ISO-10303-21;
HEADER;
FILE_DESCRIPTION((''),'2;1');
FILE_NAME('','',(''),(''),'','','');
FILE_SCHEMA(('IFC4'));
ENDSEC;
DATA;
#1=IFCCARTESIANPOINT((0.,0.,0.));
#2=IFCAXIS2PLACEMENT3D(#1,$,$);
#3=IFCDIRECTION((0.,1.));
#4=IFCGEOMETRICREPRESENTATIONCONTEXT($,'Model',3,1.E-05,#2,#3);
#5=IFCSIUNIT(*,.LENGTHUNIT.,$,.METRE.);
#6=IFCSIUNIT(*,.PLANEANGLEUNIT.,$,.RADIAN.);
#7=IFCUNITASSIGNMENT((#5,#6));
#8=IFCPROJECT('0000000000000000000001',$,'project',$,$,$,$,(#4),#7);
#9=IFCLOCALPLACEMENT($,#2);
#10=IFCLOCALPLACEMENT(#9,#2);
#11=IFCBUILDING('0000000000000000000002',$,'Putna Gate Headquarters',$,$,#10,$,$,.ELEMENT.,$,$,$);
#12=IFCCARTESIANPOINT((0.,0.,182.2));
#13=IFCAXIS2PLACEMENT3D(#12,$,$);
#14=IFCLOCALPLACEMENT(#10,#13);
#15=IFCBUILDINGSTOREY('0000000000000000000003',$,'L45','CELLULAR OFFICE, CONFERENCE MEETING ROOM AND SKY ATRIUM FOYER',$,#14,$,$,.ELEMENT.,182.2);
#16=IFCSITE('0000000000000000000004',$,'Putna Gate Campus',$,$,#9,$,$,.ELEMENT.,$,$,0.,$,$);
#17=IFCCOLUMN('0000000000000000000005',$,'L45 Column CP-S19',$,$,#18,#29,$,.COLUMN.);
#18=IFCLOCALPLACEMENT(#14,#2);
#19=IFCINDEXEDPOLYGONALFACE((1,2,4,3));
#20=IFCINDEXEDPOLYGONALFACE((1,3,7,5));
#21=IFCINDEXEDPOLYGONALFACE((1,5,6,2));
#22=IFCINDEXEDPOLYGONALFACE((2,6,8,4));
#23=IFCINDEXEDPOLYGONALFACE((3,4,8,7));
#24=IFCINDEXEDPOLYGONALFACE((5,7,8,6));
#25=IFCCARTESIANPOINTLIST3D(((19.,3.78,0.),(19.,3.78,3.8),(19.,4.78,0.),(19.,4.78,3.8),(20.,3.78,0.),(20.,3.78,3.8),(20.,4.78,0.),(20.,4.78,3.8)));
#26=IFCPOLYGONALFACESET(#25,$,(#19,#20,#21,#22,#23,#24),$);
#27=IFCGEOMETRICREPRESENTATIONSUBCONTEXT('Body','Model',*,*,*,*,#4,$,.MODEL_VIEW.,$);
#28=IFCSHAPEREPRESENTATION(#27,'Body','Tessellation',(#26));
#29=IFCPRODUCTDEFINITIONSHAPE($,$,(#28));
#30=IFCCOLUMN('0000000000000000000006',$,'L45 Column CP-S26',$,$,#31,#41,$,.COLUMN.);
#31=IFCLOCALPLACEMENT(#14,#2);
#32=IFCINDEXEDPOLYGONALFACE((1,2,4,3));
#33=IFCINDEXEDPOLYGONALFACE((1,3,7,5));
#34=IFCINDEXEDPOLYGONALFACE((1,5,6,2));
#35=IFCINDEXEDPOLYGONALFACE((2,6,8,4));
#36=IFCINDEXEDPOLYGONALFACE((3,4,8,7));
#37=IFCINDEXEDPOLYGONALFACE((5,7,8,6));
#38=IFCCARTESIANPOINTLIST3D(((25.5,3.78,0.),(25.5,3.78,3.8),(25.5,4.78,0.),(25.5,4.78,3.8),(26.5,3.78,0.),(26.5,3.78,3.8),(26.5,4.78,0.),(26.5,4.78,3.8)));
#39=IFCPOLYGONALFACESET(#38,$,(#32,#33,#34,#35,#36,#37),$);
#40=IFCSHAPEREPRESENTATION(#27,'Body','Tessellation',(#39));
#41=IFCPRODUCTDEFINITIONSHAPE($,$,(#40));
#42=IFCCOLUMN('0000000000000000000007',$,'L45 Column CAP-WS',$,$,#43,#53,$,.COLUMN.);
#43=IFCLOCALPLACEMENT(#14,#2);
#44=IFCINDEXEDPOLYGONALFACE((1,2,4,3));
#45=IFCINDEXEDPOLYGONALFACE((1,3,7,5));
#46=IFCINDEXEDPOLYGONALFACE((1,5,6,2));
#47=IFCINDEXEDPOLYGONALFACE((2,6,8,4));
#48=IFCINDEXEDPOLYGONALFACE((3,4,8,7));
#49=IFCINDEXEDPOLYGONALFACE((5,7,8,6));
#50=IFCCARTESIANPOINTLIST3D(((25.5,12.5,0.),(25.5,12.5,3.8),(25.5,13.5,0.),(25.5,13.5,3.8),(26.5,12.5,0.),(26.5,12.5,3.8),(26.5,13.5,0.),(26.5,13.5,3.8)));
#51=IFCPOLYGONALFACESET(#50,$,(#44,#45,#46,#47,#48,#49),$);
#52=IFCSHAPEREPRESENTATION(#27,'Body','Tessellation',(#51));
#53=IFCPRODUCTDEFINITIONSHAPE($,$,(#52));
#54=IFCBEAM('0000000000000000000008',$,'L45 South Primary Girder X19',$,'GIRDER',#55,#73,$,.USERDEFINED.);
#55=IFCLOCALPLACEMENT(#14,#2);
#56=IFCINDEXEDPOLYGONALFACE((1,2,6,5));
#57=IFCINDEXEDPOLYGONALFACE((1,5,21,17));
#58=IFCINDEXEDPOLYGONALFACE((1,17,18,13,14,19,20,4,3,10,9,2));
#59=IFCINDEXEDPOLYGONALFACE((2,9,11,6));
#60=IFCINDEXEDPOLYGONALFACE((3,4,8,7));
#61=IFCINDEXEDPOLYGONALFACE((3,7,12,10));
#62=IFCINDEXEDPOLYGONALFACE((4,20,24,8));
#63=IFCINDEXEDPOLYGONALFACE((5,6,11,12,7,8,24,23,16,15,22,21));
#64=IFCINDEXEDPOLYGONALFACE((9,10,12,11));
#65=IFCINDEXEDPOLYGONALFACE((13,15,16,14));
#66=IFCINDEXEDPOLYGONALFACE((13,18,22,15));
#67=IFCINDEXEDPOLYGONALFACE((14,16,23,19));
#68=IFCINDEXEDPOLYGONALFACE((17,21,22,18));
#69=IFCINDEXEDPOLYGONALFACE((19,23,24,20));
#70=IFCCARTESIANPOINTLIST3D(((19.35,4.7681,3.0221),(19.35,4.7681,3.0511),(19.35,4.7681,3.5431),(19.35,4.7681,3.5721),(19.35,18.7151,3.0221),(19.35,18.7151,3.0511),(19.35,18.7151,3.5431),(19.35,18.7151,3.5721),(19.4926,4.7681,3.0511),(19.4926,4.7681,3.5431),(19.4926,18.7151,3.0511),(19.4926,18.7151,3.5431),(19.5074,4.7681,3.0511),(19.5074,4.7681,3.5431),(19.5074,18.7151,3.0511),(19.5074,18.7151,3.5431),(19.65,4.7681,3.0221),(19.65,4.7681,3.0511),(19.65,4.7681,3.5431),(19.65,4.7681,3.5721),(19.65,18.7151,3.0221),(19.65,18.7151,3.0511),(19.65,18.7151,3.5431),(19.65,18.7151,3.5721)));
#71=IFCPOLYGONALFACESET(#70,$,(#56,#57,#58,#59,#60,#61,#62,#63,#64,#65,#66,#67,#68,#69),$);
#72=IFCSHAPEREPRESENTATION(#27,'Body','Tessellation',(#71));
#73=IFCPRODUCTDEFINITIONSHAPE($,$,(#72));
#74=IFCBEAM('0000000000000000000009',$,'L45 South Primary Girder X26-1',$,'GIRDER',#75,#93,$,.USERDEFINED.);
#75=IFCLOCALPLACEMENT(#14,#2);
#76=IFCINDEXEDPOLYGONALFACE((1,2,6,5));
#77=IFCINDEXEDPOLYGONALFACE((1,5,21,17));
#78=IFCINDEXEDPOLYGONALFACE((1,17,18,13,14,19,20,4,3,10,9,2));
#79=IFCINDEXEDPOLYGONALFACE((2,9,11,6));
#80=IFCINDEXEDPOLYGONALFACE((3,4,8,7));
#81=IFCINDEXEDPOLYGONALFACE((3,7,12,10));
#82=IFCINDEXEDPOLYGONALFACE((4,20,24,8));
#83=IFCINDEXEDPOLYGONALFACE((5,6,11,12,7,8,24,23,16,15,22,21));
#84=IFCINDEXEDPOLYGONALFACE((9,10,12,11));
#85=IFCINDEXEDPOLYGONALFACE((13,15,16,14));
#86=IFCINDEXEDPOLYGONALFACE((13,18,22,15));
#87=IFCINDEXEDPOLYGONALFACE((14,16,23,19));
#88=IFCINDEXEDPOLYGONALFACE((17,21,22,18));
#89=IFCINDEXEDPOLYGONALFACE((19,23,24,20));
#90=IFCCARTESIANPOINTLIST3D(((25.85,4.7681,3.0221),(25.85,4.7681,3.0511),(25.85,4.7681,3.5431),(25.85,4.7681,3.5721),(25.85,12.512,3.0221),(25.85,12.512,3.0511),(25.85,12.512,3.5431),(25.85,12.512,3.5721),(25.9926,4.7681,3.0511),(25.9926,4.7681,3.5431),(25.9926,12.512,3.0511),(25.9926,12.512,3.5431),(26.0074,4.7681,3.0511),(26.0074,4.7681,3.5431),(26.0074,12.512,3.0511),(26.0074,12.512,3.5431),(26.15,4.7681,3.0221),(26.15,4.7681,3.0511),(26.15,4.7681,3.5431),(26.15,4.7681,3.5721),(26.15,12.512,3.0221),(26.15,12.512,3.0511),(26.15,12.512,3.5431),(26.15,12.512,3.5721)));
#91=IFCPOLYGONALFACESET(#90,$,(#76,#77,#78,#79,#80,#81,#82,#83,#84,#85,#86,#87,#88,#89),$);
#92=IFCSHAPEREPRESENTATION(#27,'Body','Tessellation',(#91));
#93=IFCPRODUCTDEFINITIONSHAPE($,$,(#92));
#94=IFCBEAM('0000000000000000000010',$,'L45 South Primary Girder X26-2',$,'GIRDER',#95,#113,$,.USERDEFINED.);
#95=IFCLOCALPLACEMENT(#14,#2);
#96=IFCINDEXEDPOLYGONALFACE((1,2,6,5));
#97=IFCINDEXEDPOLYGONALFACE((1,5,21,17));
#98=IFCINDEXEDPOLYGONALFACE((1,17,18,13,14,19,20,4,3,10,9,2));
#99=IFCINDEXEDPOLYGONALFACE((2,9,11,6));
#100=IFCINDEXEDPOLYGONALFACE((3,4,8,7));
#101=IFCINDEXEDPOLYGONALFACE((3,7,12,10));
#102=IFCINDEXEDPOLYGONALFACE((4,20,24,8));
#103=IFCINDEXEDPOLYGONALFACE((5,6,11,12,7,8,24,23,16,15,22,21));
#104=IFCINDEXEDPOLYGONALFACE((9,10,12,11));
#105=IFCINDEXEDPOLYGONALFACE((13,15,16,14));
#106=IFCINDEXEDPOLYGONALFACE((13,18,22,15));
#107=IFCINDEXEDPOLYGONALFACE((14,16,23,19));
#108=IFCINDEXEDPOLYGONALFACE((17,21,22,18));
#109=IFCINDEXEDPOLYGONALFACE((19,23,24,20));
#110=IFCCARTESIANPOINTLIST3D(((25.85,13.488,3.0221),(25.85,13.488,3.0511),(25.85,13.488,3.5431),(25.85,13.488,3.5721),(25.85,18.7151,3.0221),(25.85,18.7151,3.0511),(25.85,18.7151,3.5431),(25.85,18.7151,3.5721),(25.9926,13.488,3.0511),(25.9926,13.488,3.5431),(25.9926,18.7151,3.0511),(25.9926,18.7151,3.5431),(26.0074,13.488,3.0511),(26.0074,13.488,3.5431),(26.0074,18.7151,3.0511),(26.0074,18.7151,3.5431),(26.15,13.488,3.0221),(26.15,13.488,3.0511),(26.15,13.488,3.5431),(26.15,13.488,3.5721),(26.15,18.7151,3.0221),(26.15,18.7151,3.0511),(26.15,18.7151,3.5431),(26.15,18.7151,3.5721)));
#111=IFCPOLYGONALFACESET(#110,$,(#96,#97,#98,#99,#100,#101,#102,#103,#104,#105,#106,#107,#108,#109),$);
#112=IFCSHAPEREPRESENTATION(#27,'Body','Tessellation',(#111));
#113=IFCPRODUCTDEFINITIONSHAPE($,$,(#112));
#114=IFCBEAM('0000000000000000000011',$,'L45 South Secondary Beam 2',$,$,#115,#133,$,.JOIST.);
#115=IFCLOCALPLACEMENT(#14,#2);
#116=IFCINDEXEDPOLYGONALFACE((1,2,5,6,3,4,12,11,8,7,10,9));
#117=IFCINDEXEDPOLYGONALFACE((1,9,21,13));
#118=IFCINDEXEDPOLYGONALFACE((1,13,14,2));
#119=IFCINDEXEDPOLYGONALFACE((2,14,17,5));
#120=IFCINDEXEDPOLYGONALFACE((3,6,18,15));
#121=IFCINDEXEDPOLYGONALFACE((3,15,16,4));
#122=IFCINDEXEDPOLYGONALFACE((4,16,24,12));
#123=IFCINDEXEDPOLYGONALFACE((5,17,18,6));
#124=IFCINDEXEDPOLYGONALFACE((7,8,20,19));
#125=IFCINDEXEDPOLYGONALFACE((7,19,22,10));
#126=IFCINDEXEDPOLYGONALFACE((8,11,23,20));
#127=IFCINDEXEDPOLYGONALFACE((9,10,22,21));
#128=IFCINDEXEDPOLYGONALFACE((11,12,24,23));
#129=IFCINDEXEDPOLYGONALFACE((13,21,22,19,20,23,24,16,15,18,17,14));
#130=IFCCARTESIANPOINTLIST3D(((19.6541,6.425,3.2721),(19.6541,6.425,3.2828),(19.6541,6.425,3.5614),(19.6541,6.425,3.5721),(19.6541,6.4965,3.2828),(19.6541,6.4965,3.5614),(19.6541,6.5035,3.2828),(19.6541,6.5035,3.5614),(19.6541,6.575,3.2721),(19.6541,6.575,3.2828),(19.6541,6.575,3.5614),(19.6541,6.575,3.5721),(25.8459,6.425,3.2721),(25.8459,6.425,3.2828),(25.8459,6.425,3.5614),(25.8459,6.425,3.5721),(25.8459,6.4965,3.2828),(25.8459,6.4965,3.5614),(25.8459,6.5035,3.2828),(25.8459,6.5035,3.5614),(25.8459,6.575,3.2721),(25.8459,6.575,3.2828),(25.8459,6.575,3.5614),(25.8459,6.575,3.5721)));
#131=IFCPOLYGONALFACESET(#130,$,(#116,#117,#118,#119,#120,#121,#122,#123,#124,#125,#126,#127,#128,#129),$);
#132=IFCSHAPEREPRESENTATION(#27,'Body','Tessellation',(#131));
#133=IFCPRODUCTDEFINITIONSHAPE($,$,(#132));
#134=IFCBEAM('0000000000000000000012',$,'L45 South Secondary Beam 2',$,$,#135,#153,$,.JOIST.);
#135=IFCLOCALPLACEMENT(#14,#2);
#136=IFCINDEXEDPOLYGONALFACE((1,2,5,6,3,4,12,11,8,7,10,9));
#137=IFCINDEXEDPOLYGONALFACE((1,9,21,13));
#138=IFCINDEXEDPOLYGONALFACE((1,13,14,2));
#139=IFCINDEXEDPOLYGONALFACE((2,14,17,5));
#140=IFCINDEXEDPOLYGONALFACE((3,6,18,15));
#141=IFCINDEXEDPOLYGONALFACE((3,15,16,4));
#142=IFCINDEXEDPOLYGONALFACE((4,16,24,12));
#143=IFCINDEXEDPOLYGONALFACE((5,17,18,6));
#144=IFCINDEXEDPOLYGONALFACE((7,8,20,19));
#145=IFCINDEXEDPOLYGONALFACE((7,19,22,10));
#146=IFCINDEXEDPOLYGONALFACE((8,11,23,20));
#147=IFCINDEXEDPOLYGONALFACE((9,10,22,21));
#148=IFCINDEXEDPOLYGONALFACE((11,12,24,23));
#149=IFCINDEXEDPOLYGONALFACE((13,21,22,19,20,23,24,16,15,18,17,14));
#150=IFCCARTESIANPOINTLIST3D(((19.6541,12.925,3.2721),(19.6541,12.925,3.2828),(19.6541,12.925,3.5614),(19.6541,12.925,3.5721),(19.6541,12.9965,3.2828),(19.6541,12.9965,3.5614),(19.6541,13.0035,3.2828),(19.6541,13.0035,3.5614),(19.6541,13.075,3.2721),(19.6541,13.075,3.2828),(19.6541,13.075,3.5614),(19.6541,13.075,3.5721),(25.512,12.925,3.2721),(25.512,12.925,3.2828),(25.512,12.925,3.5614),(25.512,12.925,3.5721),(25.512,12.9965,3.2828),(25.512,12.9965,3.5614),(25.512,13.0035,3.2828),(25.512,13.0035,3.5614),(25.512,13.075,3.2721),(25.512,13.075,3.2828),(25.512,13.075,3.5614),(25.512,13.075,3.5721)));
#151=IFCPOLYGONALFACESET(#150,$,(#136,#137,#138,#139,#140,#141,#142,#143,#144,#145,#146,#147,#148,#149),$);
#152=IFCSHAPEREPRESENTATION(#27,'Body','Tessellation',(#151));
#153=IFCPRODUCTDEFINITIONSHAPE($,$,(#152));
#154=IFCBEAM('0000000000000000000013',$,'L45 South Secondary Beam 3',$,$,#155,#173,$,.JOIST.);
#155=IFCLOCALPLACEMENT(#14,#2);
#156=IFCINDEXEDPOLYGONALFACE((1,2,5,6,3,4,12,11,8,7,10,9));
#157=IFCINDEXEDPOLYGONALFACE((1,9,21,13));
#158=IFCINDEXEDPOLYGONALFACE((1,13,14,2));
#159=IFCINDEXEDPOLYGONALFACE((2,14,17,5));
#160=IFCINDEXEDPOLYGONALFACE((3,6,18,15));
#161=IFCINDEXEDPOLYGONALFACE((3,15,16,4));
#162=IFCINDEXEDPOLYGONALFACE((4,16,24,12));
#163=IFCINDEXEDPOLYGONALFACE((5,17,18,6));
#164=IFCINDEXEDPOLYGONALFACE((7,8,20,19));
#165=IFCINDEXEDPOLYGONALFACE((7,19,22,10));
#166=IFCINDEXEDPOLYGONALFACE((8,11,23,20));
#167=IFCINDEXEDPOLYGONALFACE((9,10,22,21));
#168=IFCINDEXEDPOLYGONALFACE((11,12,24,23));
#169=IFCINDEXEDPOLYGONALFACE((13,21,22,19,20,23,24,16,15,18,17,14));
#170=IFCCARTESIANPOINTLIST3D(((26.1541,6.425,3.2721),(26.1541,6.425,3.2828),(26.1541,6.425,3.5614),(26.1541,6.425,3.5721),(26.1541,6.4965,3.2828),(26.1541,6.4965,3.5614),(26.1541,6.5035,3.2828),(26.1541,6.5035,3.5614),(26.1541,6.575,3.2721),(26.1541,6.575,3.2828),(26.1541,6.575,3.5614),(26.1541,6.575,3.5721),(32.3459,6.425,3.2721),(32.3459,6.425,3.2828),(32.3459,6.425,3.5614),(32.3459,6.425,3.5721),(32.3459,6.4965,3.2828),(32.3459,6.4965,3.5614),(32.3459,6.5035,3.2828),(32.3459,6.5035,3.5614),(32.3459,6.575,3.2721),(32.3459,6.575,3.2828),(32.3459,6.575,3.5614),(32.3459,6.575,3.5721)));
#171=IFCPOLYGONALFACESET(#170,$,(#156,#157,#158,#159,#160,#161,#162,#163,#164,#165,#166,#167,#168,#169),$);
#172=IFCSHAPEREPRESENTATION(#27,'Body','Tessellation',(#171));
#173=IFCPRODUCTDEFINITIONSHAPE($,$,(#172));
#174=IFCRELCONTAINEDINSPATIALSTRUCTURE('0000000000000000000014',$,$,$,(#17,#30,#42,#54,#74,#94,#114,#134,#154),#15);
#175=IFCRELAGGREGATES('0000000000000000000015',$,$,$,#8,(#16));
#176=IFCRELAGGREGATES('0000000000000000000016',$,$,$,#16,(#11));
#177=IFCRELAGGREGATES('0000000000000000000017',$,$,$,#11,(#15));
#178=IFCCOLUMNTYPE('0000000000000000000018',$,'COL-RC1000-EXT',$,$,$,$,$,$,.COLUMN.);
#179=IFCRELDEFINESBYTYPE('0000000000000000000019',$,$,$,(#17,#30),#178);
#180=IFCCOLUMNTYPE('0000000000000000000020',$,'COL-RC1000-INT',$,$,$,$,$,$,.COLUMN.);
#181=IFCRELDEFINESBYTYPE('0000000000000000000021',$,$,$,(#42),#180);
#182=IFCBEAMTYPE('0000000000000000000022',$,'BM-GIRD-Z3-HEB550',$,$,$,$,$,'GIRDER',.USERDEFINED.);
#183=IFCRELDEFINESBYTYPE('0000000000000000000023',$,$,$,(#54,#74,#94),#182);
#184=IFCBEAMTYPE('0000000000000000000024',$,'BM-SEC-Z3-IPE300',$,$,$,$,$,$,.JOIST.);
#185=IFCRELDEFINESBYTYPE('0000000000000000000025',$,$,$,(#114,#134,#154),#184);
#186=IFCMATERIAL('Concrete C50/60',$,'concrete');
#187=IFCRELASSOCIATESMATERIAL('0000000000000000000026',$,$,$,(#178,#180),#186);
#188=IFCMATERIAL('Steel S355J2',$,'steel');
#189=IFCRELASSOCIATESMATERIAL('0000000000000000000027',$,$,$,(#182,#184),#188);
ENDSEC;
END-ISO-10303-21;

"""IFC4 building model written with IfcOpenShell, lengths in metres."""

from ifc_helpers import new_model, si_unit, direction, frame, origin, origin_2d, place, context, subcontext, project, spatial, rectangle, i_section, extrude, material, material_profile, profile_set, type_object, element, save


model = new_model("IFC4")

# Units and contexts
model_context = context("Model", 3, precision=1e-05, world=origin(), true_north=direction((0.0, 1.0)))
body_context = subcontext(model_context, "Body", "Model", "MODEL_VIEW")
ifc_project = project(units=[si_unit("LENGTHUNIT", "METRE"), si_unit("PLANEANGLEUNIT", "RADIAN")], contexts=[model_context])

# Site, building, storey
site_placement = place(None, origin())
site = spatial("IfcSite", under=ifc_project, at=site_placement, Name="Putna Gate Campus", CompositionType="ELEMENT", RefElevation=0.0)
building_placement = place(site_placement, origin())
building = spatial("IfcBuilding", under=site, at=building_placement, Name="Putna Gate Headquarters", CompositionType="ELEMENT")
storey_placement = place(building_placement, frame((0.0, 0.0, 182.2)))
storey = spatial("IfcBuildingStorey", under=building, at=storey_placement, Name="L45", Description="CELLULAR OFFICE, CONFERENCE MEETING ROOM AND SKY ATRIUM FOYER", CompositionType="ELEMENT", Elevation=182.2)

# Columns
ifc_material_1 = material(Name="Concrete C50/60", Category="concrete")
ifc_material_profile_1 = material_profile(ifc_material_1, rectangle(XDim=1.0, YDim=1.0, at=origin_2d()), Name="Concrete C50/60")
ifc_profile_set_1 = profile_set([ifc_material_profile_1], Name="Concrete C50/60")
column_type_1 = type_object("IfcColumnType", Name="COL-RC1000-EXT", PredefinedType="COLUMN", material=ifc_profile_set_1)
for number, where, z_axis, x_axis, name in (
    (1, (19.5, 4.28, 0.0), (0.0, 0.0, 1.0), (1.0, 0.0, 0.0), "L45 Column CP-S19"),
    (2, (26.0, 4.28, 0.0), (0.0, 0.0, 1.0), (1.0, 0.0, 0.0), "L45 Column CP-S26"),
):
    element("IfcColumn", number, at=place(storey_placement, frame(where, z_axis=z_axis, x_axis=x_axis)), inside=storey, type_object=column_type_1, Name=name, PredefinedType="COLUMN", context=body_context, shape_type="SweptSolid", body=[
        extrude(rectangle(XDim=1.0, YDim=1.0, at=origin_2d()), origin(), (0.0, 0.0, 1.0), 3.8),
    ])
ifc_material_profile_2 = material_profile(ifc_material_1, rectangle(XDim=1.0, YDim=1.0, at=origin_2d()), Name="Concrete C50/60")
ifc_profile_set_2 = profile_set([ifc_material_profile_2], Name="Concrete C50/60")
column_type_2 = type_object("IfcColumnType", Name="COL-RC1000-INT", PredefinedType="COLUMN", material=ifc_profile_set_2)
column_placement = place(storey_placement, frame((26.0, 13.0, 0.0), z_axis=(0.0, 0.0, 1.0), x_axis=(1.0, 0.0, 0.0)))
element("IfcColumn", 3, at=column_placement, inside=storey, type_object=column_type_2, Name="L45 Column CAP-WS", PredefinedType="COLUMN", context=body_context, shape_type="SweptSolid", body=[
    extrude(rectangle(XDim=1.0, YDim=1.0, at=origin_2d()), origin(), (0.0, 0.0, 1.0), 3.8),
])

# Beams
ifc_material_2 = material(Name="Steel S355J2", Category="steel")
ifc_material_profile_3 = material_profile(ifc_material_2, i_section(OverallWidth=0.3, OverallDepth=0.55, WebThickness=0.0149, FlangeThickness=0.0291, at=origin_2d()), Name="Steel S355J2")
ifc_profile_set_3 = profile_set([ifc_material_profile_3], Name="Steel S355J2")
beam_type_1 = type_object("IfcBeamType", Name="BM-GIRD-Z3-HEB550", ElementType="GIRDER", PredefinedType="USERDEFINED", material=ifc_profile_set_3)
beam_1_placement = place(storey_placement, frame((19.5, 4.7681, 3.2971), z_axis=(0.0, 1.0, 0.0), x_axis=(-1.0, 0.0, 0.0)))
element("IfcBeam", 4, at=beam_1_placement, inside=storey, type_object=beam_type_1, Name="L45 South Primary Girder X19", ObjectType="GIRDER", PredefinedType="USERDEFINED", context=body_context, shape_type="SweptSolid", body=[
    extrude(i_section(OverallWidth=0.3, OverallDepth=0.55, WebThickness=0.0149, FlangeThickness=0.0291, at=origin_2d()), origin(), (0.0, 0.0, 1.0), 13.947),
])
beam_2_placement = place(storey_placement, frame((26.0, 4.7681, 3.2971), z_axis=(0.0, 1.0, 0.0), x_axis=(-1.0, 0.0, 0.0)))
element("IfcBeam", 5, at=beam_2_placement, inside=storey, type_object=beam_type_1, Name="L45 South Primary Girder X26-1", ObjectType="GIRDER", PredefinedType="USERDEFINED", context=body_context, shape_type="SweptSolid", body=[
    extrude(i_section(OverallWidth=0.3, OverallDepth=0.55, WebThickness=0.0149, FlangeThickness=0.0291, at=origin_2d()), origin(), (0.0, 0.0, 1.0), 7.7439),
])
beam_3_placement = place(storey_placement, frame((26.0, 13.488, 3.2971), z_axis=(0.0, 1.0, 0.0), x_axis=(-1.0, 0.0, 0.0)))
element("IfcBeam", 6, at=beam_3_placement, inside=storey, type_object=beam_type_1, Name="L45 South Primary Girder X26-2", ObjectType="GIRDER", PredefinedType="USERDEFINED", context=body_context, shape_type="SweptSolid", body=[
    extrude(i_section(OverallWidth=0.3, OverallDepth=0.55, WebThickness=0.0149, FlangeThickness=0.0291, at=origin_2d()), origin(), (0.0, 0.0, 1.0), 5.2271),
])
ifc_material_profile_4 = material_profile(ifc_material_2, i_section(OverallWidth=0.1499, OverallDepth=0.3, WebThickness=0.0071, FlangeThickness=0.0107, at=origin_2d()), Name="Steel S355J2")
ifc_profile_set_4 = profile_set([ifc_material_profile_4], Name="Steel S355J2")
beam_type_2 = type_object("IfcBeamType", Name="BM-SEC-Z3-IPE300", PredefinedType="JOIST", material=ifc_profile_set_4)
beam_4_placement = place(storey_placement, frame((19.6541, 6.5, 3.4221), z_axis=(1.0, 0.0, 0.0), x_axis=(0.0, 1.0, 0.0)))
element("IfcBeam", 7, at=beam_4_placement, inside=storey, type_object=beam_type_2, Name="L45 South Secondary Beam 2", PredefinedType="JOIST", context=body_context, shape_type="SweptSolid", body=[
    extrude(i_section(OverallWidth=0.1499, OverallDepth=0.3, WebThickness=0.0071, FlangeThickness=0.0107, at=origin_2d()), origin(), (0.0, 0.0, 1.0), 6.1919),
])
beam_5_placement = place(storey_placement, frame((19.6541, 13.0, 3.4221), z_axis=(1.0, 0.0, 0.0), x_axis=(0.0, 1.0, 0.0)))
element("IfcBeam", 8, at=beam_5_placement, inside=storey, type_object=beam_type_2, Name="L45 South Secondary Beam 2", PredefinedType="JOIST", context=body_context, shape_type="SweptSolid", body=[
    extrude(i_section(OverallWidth=0.1499, OverallDepth=0.3, WebThickness=0.0071, FlangeThickness=0.0107, at=origin_2d()), origin(), (0.0, 0.0, 1.0), 5.8579),
])
beam_6_placement = place(storey_placement, frame((26.1541, 6.5, 3.4221), z_axis=(1.0, 0.0, 0.0), x_axis=(0.0, 1.0, 0.0)))
element("IfcBeam", 9, at=beam_6_placement, inside=storey, type_object=beam_type_2, Name="L45 South Secondary Beam 3", PredefinedType="JOIST", context=body_context, shape_type="SweptSolid", body=[
    extrude(i_section(OverallWidth=0.1499, OverallDepth=0.3, WebThickness=0.0071, FlangeThickness=0.0107, at=origin_2d()), origin(), (0.0, 0.0, 1.0), 6.1919),
])

save(model, "model.ifc")
